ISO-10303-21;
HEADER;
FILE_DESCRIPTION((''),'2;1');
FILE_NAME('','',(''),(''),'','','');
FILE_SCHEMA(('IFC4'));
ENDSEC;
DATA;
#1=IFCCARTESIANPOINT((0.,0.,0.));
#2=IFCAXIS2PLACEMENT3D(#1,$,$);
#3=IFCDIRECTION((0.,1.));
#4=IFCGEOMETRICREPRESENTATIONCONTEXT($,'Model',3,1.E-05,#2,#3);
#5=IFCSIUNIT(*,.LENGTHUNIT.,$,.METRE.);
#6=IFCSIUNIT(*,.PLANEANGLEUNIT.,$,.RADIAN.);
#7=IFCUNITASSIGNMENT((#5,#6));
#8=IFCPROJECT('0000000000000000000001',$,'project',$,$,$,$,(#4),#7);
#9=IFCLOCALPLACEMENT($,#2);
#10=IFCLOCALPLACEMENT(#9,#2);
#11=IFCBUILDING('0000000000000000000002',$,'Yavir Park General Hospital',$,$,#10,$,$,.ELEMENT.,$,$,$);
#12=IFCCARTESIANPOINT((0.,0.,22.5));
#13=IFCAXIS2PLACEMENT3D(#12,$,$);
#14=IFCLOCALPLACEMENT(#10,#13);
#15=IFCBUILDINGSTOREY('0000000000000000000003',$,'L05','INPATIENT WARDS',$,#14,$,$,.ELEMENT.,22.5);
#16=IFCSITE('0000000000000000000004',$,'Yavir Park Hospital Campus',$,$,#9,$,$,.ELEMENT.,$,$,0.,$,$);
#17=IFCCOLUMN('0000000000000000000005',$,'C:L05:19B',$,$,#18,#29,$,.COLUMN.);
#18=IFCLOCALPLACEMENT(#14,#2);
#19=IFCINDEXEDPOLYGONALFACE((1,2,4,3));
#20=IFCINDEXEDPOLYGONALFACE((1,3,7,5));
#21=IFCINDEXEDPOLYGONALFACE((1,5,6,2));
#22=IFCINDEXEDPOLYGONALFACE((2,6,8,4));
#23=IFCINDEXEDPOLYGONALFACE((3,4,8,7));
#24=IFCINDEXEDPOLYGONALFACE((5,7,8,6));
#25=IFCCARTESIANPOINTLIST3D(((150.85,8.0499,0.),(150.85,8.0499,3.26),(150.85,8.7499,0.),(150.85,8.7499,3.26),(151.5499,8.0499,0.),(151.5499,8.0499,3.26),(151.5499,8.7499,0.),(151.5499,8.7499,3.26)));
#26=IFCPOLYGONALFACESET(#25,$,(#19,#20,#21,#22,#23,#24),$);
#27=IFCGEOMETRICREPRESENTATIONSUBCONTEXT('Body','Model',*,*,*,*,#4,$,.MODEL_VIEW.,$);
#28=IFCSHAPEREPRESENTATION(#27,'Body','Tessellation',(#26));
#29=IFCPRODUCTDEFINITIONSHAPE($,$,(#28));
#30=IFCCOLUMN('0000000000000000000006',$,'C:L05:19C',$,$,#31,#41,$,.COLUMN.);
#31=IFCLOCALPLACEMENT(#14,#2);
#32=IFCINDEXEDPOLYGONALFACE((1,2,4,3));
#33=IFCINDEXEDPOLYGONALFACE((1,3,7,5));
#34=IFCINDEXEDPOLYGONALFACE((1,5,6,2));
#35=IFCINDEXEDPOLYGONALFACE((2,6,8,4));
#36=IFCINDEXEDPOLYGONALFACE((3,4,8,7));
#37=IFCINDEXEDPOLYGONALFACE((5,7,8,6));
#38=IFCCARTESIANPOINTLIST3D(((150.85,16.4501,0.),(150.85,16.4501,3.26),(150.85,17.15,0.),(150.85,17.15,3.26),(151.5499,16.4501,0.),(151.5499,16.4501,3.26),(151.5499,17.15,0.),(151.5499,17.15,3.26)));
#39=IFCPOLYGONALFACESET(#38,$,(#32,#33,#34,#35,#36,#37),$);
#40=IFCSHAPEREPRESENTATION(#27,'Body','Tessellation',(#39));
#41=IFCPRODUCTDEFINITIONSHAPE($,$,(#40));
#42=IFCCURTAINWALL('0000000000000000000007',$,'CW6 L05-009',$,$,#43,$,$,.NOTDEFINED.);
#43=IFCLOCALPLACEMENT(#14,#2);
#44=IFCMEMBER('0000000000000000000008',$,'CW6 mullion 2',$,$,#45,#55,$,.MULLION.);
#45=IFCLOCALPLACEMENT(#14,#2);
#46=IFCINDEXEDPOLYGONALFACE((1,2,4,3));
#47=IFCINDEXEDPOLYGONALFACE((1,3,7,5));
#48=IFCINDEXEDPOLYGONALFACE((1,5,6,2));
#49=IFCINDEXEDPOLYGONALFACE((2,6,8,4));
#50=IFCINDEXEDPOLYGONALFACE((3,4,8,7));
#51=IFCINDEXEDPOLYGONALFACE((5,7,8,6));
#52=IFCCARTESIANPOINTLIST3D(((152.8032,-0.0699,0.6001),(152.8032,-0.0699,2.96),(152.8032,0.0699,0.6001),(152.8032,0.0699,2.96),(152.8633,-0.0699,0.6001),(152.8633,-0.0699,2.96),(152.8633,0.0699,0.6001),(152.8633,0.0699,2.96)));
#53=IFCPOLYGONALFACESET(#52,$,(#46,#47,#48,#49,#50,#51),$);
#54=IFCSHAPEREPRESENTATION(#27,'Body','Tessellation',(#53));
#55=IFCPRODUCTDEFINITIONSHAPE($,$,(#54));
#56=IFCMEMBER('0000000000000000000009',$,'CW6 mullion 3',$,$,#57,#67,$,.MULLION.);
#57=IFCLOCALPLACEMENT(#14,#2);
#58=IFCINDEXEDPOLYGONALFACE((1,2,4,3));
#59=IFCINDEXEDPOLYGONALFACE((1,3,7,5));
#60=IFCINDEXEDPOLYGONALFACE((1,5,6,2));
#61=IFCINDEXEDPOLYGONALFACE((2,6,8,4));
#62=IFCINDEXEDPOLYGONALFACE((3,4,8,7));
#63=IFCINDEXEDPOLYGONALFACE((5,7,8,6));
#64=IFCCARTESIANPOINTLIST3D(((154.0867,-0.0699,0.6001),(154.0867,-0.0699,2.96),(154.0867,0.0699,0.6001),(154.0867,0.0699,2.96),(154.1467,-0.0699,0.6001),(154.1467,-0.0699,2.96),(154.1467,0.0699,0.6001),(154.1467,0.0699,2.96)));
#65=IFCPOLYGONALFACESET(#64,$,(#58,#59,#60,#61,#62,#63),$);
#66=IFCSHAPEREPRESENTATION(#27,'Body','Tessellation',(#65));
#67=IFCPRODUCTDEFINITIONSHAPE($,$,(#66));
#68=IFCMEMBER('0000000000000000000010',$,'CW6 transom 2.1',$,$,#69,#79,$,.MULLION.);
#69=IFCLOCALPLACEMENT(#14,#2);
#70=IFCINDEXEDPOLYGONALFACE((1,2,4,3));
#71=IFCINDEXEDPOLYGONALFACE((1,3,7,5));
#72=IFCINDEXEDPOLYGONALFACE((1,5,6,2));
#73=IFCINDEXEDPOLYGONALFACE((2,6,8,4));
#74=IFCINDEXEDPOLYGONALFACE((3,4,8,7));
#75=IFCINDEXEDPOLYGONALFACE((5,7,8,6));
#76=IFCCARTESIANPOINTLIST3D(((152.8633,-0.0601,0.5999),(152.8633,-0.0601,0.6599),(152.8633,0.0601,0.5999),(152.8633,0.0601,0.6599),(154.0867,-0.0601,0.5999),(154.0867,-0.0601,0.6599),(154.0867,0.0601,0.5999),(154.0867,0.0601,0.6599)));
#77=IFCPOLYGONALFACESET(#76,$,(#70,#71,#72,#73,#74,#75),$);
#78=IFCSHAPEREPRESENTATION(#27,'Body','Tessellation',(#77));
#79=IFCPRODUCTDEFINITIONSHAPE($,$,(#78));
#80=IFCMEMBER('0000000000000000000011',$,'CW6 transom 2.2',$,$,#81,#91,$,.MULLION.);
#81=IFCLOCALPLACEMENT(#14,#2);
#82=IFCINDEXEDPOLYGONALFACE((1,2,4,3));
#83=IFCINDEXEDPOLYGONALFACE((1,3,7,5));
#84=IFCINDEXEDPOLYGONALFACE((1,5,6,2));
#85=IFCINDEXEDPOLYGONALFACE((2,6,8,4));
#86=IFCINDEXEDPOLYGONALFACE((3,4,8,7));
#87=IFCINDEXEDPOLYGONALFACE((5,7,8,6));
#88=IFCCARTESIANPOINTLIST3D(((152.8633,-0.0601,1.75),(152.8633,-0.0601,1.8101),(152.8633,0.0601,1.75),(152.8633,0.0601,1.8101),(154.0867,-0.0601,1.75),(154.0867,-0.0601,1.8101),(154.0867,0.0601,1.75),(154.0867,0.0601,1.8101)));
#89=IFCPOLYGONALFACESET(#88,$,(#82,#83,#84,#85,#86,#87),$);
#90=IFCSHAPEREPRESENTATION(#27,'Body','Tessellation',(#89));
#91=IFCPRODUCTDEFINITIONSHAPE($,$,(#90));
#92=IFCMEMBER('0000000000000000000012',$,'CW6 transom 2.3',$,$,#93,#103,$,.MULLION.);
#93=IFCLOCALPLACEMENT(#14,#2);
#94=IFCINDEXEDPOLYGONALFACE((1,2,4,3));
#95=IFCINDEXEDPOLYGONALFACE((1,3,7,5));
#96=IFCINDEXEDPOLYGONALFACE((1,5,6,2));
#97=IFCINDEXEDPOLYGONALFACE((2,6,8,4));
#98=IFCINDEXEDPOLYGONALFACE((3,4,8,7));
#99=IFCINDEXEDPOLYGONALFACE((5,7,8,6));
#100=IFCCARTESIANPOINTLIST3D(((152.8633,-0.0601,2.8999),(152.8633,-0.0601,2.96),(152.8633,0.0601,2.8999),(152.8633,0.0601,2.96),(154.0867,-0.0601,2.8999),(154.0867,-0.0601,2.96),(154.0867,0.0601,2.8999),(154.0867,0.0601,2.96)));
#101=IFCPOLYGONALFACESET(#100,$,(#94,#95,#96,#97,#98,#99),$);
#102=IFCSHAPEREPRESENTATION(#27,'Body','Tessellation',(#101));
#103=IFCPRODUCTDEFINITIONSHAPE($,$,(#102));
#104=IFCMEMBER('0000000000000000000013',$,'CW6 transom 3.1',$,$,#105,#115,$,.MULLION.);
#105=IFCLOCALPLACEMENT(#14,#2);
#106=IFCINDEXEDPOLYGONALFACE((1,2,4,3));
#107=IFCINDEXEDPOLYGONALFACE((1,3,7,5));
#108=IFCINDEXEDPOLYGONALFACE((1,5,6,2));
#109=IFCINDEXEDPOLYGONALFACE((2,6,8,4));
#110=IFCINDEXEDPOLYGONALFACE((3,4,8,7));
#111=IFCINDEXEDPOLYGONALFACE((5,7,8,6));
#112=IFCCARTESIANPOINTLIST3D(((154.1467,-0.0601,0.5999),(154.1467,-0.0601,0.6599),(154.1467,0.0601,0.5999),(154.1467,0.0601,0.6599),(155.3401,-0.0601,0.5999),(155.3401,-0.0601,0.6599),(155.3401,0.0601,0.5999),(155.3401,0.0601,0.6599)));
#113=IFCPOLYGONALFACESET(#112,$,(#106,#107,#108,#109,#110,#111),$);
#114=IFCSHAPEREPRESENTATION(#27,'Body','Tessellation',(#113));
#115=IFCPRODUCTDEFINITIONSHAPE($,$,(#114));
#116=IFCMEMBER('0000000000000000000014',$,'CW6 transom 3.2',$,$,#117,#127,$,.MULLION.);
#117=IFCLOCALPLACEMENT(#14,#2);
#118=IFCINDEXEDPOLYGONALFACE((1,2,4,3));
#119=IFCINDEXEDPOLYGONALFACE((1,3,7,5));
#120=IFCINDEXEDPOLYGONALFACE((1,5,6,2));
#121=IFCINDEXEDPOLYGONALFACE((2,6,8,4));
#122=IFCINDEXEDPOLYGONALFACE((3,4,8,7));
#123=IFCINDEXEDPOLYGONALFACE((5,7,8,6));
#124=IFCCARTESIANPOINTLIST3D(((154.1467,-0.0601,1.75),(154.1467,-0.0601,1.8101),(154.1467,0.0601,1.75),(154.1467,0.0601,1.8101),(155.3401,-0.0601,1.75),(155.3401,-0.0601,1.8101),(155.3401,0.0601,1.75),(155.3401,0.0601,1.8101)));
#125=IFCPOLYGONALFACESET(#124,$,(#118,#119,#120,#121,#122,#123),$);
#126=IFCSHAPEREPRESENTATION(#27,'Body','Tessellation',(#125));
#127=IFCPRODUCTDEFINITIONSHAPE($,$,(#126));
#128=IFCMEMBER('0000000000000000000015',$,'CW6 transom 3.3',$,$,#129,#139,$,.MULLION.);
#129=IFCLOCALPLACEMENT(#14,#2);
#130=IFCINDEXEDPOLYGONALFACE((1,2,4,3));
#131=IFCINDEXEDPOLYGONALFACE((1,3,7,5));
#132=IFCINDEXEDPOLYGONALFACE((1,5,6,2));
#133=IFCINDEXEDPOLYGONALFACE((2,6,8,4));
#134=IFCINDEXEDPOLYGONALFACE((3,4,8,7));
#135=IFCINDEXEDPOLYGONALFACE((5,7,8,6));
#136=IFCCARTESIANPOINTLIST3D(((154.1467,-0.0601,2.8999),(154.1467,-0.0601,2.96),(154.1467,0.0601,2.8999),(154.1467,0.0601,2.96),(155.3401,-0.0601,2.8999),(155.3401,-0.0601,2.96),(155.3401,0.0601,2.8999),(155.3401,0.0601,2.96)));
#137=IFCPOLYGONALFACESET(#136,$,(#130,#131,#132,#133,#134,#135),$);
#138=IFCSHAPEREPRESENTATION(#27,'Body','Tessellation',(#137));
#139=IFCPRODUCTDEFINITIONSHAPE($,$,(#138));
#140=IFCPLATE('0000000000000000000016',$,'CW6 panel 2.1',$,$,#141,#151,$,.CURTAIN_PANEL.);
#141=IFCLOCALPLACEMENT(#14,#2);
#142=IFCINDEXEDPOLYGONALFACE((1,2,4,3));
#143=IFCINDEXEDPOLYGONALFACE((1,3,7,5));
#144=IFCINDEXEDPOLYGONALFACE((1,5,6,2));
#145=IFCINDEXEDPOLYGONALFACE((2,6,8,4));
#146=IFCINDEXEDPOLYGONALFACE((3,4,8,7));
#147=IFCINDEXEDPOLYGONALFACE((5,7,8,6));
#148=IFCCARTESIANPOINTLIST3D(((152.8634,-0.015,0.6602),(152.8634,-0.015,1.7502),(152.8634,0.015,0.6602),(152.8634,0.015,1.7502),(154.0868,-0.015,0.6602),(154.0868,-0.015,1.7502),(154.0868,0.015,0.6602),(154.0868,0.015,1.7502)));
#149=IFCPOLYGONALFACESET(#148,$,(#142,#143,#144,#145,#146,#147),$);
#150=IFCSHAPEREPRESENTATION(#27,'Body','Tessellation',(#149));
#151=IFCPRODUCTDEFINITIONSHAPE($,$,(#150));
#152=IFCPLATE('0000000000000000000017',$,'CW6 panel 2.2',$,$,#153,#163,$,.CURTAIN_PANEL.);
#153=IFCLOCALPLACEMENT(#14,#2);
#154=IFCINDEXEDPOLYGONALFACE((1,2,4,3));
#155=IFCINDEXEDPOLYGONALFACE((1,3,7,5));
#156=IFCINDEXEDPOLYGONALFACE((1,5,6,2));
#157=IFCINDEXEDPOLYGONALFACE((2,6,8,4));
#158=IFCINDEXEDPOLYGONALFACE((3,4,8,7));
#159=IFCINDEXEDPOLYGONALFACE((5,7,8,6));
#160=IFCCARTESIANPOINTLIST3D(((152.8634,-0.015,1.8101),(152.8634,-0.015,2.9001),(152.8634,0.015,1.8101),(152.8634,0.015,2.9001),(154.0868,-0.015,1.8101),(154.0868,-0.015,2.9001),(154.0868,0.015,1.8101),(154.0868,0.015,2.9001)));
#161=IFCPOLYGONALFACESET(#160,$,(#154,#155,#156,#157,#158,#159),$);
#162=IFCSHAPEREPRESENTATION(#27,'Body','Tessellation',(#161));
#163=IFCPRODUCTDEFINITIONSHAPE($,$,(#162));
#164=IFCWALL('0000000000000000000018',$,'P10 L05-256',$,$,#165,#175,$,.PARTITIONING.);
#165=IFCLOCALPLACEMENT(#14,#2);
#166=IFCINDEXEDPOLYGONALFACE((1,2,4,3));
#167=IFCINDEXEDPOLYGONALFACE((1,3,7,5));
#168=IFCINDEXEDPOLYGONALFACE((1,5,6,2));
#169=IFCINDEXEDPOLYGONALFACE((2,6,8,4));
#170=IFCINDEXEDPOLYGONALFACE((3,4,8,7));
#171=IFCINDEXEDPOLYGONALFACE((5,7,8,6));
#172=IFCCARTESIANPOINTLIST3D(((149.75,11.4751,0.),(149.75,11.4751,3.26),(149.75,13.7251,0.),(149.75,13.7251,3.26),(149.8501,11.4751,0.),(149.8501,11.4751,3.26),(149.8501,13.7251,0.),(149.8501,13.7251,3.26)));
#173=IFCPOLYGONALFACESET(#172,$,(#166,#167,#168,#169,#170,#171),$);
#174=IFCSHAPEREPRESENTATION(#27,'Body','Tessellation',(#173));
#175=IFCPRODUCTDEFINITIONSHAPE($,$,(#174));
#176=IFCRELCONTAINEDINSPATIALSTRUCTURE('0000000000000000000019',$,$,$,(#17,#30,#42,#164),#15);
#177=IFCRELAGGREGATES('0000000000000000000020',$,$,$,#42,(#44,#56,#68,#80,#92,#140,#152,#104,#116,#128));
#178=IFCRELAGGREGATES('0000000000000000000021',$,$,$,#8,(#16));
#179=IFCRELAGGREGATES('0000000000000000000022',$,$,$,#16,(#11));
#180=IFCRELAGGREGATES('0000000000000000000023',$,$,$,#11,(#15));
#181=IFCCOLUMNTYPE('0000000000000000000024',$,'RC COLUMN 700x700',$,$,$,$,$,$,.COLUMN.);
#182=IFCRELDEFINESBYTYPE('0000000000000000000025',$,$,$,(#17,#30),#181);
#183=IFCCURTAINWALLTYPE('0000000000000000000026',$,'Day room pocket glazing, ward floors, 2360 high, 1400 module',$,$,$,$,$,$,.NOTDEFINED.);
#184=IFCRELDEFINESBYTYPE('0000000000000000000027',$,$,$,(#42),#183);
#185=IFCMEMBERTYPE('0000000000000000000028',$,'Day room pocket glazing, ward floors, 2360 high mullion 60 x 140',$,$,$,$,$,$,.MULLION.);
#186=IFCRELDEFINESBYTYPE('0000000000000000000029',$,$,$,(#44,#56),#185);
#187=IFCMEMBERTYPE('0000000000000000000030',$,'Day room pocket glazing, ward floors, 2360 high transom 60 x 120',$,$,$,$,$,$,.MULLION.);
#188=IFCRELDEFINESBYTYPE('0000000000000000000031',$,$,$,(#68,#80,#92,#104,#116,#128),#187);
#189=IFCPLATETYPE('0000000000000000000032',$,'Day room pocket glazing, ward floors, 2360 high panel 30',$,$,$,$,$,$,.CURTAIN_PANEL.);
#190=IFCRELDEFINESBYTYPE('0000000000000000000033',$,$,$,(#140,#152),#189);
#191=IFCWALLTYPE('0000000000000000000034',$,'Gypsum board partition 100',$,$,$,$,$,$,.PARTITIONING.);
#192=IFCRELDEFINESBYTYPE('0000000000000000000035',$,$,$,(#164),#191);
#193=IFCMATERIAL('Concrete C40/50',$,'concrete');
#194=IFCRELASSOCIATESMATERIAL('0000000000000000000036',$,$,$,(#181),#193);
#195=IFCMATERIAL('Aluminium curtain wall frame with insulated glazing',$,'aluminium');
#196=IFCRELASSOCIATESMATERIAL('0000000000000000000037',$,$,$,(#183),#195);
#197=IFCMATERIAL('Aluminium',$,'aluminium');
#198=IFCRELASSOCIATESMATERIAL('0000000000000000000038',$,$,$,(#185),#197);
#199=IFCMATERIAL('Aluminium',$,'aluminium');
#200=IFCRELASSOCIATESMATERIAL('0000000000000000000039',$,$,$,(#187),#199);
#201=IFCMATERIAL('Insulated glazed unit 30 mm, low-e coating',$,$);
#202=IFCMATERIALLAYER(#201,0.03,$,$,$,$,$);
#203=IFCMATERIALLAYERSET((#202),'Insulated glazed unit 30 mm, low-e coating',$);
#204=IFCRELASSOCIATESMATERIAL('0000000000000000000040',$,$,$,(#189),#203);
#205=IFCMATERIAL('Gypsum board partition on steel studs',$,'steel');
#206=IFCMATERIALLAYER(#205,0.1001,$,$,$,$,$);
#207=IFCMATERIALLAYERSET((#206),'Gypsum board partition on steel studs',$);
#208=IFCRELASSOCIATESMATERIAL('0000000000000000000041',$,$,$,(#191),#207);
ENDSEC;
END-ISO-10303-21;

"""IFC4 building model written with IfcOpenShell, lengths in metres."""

from ifc_helpers import new_model, si_unit, direction, frame, frame_2d, origin, origin_2d, place, context, subcontext, project, spatial, rectangle, extrude, material, layer, layer_set, material_profile, profile_set, type_object, element, aggregate, save


model = new_model("IFC4")

# Units and contexts
model_context = context("Model", 3, precision=1e-05, world=origin(), true_north=direction((0.0, 1.0)))
body_context = subcontext(model_context, "Body", "Model", "MODEL_VIEW")
ifc_project = project(units=[si_unit("LENGTHUNIT", "METRE"), si_unit("PLANEANGLEUNIT", "RADIAN")], contexts=[model_context])

# Site, building, storey
site_placement = place(None, origin())
site = spatial("IfcSite", under=ifc_project, at=site_placement, Name="Yavir Park Hospital Campus", CompositionType="ELEMENT", RefElevation=0.0)
building_placement = place(site_placement, origin())
building = spatial("IfcBuilding", under=site, at=building_placement, Name="Yavir Park General Hospital", CompositionType="ELEMENT")
storey_placement = place(building_placement, frame((0.0, 0.0, 22.5)))
storey = spatial("IfcBuildingStorey", under=building, at=storey_placement, Name="L05", Description="INPATIENT WARDS", CompositionType="ELEMENT", Elevation=22.5)

# Columns
ifc_material_1 = material(Name="Concrete C40/50", Category="concrete")
ifc_material_profile_1 = material_profile(ifc_material_1, rectangle(XDim=0.7, YDim=0.7, at=origin_2d()), Name="RC700x700")
ifc_profile_set_1 = profile_set([ifc_material_profile_1], Name="Concrete C40/50")
column_type = type_object("IfcColumnType", Name="RC COLUMN 700x700", PredefinedType="COLUMN", material=ifc_profile_set_1)
for number, where, z_axis, x_axis, name in (
    (1, (151.2, 8.3999, 0.0), (0.0, 0.0, 1.0), (1.0, 0.0, 0.0), "C:L05:19B"),
    (2, (151.2, 16.8, 0.0), (0.0, 0.0, 1.0), (1.0, 0.0, 0.0), "C:L05:19C"),
):
    element("IfcColumn", number, at=place(storey_placement, frame(where, z_axis=z_axis, x_axis=x_axis)), inside=storey, type_object=column_type, Name=name, PredefinedType="COLUMN", context=body_context, shape_type="SweptSolid", body=[
        extrude(rectangle(XDim=0.7, YDim=0.7, at=origin_2d()), origin(), (0.0, 0.0, 1.0), 3.26),
    ])

# Curtain wall, members, plates
ifc_material_2 = material(Name="Aluminium curtain wall frame with insulated glazing", Category="aluminium")
curtain_wall_type = type_object("IfcCurtainWallType", Name="Day room pocket glazing, ward floors, 2360 high, 1400 module", PredefinedType="NOTDEFINED", material=ifc_material_2)
curtain_wall_placement = place(storey_placement, origin())
curtain_wall = element("IfcCurtainWall", 3, at=curtain_wall_placement, inside=storey, type_object=curtain_wall_type, Name="CW6 L05-009", PredefinedType="NOTDEFINED")
ifc_material_3 = material(Name="Aluminium", Category="aluminium")
ifc_material_profile_2 = material_profile(ifc_material_3, rectangle(XDim=0.1399, YDim=0.0601, at=origin_2d()), Name="AL 60x140")
ifc_profile_set_2 = profile_set([ifc_material_profile_2], Name="Aluminium")
member_type_1 = type_object("IfcMemberType", Name="Day room pocket glazing, ward floors, 2360 high mullion 60 x 140", PredefinedType="MULLION", material=ifc_profile_set_2)
member_1_placement = place(storey_placement, frame((152.8333, 0.0, 0.6001), z_axis=(0.0, 0.0, 1.0), x_axis=(0.0, 1.0, 0.0)))
member_1 = element("IfcMember", 4, at=member_1_placement, type_object=member_type_1, Name="CW6 mullion 2", PredefinedType="MULLION", context=body_context, shape_type="SweptSolid", body=[
    extrude(rectangle(XDim=0.1399, YDim=0.0601, at=origin_2d()), origin(), (0.0, 0.0, 1.0), 2.3599),
])
member_2_placement = place(storey_placement, frame((154.1167, 0.0, 0.6001), z_axis=(0.0, 0.0, 1.0), x_axis=(0.0, 1.0, 0.0)))
member_2 = element("IfcMember", 5, at=member_2_placement, type_object=member_type_1, Name="CW6 mullion 3", PredefinedType="MULLION", context=body_context, shape_type="SweptSolid", body=[
    extrude(rectangle(XDim=0.1399, YDim=0.0601, at=origin_2d()), origin(), (0.0, 0.0, 1.0), 2.3599),
])
ifc_material_4 = material(Name="Aluminium", Category="aluminium")
ifc_material_profile_3 = material_profile(ifc_material_4, rectangle(XDim=0.1201, YDim=0.0601, at=origin_2d()), Name="AL 120x60")
ifc_profile_set_3 = profile_set([ifc_material_profile_3], Name="Aluminium")
member_type_2 = type_object("IfcMemberType", Name="Day room pocket glazing, ward floors, 2360 high transom 60 x 120", PredefinedType="MULLION", material=ifc_profile_set_3)
member_3_placement = place(storey_placement, frame((152.8633, 0.0, 0.6299), z_axis=(1.0, 0.0, 0.0), x_axis=(0.0, 1.0, 0.0)))
member_3 = element("IfcMember", 6, at=member_3_placement, type_object=member_type_2, Name="CW6 transom 2.1", PredefinedType="MULLION", context=body_context, shape_type="SweptSolid", body=[
    extrude(rectangle(XDim=0.1201, YDim=0.0601, at=origin_2d()), origin(), (0.0, 0.0, 1.0), 1.2234),
])
member_4_placement = place(storey_placement, frame((152.8633, 0.0, 1.78), z_axis=(1.0, 0.0, 0.0), x_axis=(0.0, 1.0, 0.0)))
member_4 = element("IfcMember", 7, at=member_4_placement, type_object=member_type_2, Name="CW6 transom 2.2", PredefinedType="MULLION", context=body_context, shape_type="SweptSolid", body=[
    extrude(rectangle(XDim=0.1201, YDim=0.0601, at=origin_2d()), origin(), (0.0, 0.0, 1.0), 1.2234),
])
member_5_placement = place(storey_placement, frame((152.8633, 0.0, 2.9299), z_axis=(1.0, 0.0, 0.0), x_axis=(0.0, 1.0, 0.0)))
member_5 = element("IfcMember", 8, at=member_5_placement, type_object=member_type_2, Name="CW6 transom 2.3", PredefinedType="MULLION", context=body_context, shape_type="SweptSolid", body=[
    extrude(rectangle(XDim=0.1201, YDim=0.0601, at=origin_2d()), origin(), (0.0, 0.0, 1.0), 1.2234),
])
member_6_placement = place(storey_placement, frame((154.1467, 0.0, 0.6299), z_axis=(1.0, 0.0, 0.0), x_axis=(0.0, 1.0, 0.0)))
member_6 = element("IfcMember", 9, at=member_6_placement, type_object=member_type_2, Name="CW6 transom 3.1", PredefinedType="MULLION", context=body_context, shape_type="SweptSolid", body=[
    extrude(rectangle(XDim=0.1201, YDim=0.0601, at=origin_2d()), origin(), (0.0, 0.0, 1.0), 1.1934),
])
member_7_placement = place(storey_placement, frame((154.1467, 0.0, 1.78), z_axis=(1.0, 0.0, 0.0), x_axis=(0.0, 1.0, 0.0)))
member_7 = element("IfcMember", 10, at=member_7_placement, type_object=member_type_2, Name="CW6 transom 3.2", PredefinedType="MULLION", context=body_context, shape_type="SweptSolid", body=[
    extrude(rectangle(XDim=0.1201, YDim=0.0601, at=origin_2d()), origin(), (0.0, 0.0, 1.0), 1.1934),
])
member_8_placement = place(storey_placement, frame((154.1467, 0.0, 2.9299), z_axis=(1.0, 0.0, 0.0), x_axis=(0.0, 1.0, 0.0)))
member_8 = element("IfcMember", 11, at=member_8_placement, type_object=member_type_2, Name="CW6 transom 3.3", PredefinedType="MULLION", context=body_context, shape_type="SweptSolid", body=[
    extrude(rectangle(XDim=0.1201, YDim=0.0601, at=origin_2d()), origin(), (0.0, 0.0, 1.0), 1.1934),
])
ifc_material_5 = material(Name="Insulated glazed unit 30 mm, low-e coating")
ifc_layer_1 = layer(ifc_material_5, 0.03)
ifc_layer_set_1 = layer_set([ifc_layer_1], Name="Insulated glazed unit 30 mm, low-e coating")
plate_type = type_object("IfcPlateType", Name="Day room pocket glazing, ward floors, 2360 high panel 30", PredefinedType="CURTAIN_PANEL", material=ifc_layer_set_1)
plate_1_placement = place(storey_placement, frame((153.4751, 0.0, 0.6602), z_axis=(0.0, 0.0, 1.0), x_axis=(1.0, 0.0, 0.0)))
plate_1 = element("IfcPlate", 12, at=plate_1_placement, type_object=plate_type, Name="CW6 panel 2.1", PredefinedType="CURTAIN_PANEL", context=body_context, shape_type="SweptSolid", body=[
    extrude(rectangle(XDim=1.2234, YDim=0.03, at=origin_2d()), origin(), (0.0, 0.0, 1.0), 1.0901),
])
plate_2_placement = place(storey_placement, frame((153.4751, 0.0, 1.8101), z_axis=(0.0, 0.0, 1.0), x_axis=(1.0, 0.0, 0.0)))
plate_2 = element("IfcPlate", 13, at=plate_2_placement, type_object=plate_type, Name="CW6 panel 2.2", PredefinedType="CURTAIN_PANEL", context=body_context, shape_type="SweptSolid", body=[
    extrude(rectangle(XDim=1.2234, YDim=0.03, at=origin_2d()), origin(), (0.0, 0.0, 1.0), 1.0901),
])
aggregate(curtain_wall, [member_1, member_2, member_3, member_4, member_5, plate_1, plate_2, member_6, member_7, member_8])

# Wall
ifc_material_6 = material(Name="Gypsum board partition on steel studs", Category="steel")
ifc_layer_2 = layer(ifc_material_6, 0.1001)
ifc_layer_set_2 = layer_set([ifc_layer_2], Name="Gypsum board partition on steel studs")
wall_type_1 = type_object("IfcWallType", Name="Gypsum board partition 100", PredefinedType="PARTITIONING", material=ifc_layer_set_2)
wall_1_placement = place(storey_placement, frame((149.8, 11.4751, 0.0), z_axis=(0.0, 0.0, 1.0), x_axis=(0.0, 1.0, 0.0)))
element("IfcWall", 14, at=wall_1_placement, inside=storey, type_object=wall_type_1, Name="P10 L05-256", PredefinedType="PARTITIONING", context=body_context, shape_type="SweptSolid", body=[
    extrude(rectangle(XDim=2.25, YDim=0.1001, at=frame_2d((1.125, 0.0))), origin(), (0.0, 0.0, 1.0), 3.26),
])

save(model, "model.ifc")
